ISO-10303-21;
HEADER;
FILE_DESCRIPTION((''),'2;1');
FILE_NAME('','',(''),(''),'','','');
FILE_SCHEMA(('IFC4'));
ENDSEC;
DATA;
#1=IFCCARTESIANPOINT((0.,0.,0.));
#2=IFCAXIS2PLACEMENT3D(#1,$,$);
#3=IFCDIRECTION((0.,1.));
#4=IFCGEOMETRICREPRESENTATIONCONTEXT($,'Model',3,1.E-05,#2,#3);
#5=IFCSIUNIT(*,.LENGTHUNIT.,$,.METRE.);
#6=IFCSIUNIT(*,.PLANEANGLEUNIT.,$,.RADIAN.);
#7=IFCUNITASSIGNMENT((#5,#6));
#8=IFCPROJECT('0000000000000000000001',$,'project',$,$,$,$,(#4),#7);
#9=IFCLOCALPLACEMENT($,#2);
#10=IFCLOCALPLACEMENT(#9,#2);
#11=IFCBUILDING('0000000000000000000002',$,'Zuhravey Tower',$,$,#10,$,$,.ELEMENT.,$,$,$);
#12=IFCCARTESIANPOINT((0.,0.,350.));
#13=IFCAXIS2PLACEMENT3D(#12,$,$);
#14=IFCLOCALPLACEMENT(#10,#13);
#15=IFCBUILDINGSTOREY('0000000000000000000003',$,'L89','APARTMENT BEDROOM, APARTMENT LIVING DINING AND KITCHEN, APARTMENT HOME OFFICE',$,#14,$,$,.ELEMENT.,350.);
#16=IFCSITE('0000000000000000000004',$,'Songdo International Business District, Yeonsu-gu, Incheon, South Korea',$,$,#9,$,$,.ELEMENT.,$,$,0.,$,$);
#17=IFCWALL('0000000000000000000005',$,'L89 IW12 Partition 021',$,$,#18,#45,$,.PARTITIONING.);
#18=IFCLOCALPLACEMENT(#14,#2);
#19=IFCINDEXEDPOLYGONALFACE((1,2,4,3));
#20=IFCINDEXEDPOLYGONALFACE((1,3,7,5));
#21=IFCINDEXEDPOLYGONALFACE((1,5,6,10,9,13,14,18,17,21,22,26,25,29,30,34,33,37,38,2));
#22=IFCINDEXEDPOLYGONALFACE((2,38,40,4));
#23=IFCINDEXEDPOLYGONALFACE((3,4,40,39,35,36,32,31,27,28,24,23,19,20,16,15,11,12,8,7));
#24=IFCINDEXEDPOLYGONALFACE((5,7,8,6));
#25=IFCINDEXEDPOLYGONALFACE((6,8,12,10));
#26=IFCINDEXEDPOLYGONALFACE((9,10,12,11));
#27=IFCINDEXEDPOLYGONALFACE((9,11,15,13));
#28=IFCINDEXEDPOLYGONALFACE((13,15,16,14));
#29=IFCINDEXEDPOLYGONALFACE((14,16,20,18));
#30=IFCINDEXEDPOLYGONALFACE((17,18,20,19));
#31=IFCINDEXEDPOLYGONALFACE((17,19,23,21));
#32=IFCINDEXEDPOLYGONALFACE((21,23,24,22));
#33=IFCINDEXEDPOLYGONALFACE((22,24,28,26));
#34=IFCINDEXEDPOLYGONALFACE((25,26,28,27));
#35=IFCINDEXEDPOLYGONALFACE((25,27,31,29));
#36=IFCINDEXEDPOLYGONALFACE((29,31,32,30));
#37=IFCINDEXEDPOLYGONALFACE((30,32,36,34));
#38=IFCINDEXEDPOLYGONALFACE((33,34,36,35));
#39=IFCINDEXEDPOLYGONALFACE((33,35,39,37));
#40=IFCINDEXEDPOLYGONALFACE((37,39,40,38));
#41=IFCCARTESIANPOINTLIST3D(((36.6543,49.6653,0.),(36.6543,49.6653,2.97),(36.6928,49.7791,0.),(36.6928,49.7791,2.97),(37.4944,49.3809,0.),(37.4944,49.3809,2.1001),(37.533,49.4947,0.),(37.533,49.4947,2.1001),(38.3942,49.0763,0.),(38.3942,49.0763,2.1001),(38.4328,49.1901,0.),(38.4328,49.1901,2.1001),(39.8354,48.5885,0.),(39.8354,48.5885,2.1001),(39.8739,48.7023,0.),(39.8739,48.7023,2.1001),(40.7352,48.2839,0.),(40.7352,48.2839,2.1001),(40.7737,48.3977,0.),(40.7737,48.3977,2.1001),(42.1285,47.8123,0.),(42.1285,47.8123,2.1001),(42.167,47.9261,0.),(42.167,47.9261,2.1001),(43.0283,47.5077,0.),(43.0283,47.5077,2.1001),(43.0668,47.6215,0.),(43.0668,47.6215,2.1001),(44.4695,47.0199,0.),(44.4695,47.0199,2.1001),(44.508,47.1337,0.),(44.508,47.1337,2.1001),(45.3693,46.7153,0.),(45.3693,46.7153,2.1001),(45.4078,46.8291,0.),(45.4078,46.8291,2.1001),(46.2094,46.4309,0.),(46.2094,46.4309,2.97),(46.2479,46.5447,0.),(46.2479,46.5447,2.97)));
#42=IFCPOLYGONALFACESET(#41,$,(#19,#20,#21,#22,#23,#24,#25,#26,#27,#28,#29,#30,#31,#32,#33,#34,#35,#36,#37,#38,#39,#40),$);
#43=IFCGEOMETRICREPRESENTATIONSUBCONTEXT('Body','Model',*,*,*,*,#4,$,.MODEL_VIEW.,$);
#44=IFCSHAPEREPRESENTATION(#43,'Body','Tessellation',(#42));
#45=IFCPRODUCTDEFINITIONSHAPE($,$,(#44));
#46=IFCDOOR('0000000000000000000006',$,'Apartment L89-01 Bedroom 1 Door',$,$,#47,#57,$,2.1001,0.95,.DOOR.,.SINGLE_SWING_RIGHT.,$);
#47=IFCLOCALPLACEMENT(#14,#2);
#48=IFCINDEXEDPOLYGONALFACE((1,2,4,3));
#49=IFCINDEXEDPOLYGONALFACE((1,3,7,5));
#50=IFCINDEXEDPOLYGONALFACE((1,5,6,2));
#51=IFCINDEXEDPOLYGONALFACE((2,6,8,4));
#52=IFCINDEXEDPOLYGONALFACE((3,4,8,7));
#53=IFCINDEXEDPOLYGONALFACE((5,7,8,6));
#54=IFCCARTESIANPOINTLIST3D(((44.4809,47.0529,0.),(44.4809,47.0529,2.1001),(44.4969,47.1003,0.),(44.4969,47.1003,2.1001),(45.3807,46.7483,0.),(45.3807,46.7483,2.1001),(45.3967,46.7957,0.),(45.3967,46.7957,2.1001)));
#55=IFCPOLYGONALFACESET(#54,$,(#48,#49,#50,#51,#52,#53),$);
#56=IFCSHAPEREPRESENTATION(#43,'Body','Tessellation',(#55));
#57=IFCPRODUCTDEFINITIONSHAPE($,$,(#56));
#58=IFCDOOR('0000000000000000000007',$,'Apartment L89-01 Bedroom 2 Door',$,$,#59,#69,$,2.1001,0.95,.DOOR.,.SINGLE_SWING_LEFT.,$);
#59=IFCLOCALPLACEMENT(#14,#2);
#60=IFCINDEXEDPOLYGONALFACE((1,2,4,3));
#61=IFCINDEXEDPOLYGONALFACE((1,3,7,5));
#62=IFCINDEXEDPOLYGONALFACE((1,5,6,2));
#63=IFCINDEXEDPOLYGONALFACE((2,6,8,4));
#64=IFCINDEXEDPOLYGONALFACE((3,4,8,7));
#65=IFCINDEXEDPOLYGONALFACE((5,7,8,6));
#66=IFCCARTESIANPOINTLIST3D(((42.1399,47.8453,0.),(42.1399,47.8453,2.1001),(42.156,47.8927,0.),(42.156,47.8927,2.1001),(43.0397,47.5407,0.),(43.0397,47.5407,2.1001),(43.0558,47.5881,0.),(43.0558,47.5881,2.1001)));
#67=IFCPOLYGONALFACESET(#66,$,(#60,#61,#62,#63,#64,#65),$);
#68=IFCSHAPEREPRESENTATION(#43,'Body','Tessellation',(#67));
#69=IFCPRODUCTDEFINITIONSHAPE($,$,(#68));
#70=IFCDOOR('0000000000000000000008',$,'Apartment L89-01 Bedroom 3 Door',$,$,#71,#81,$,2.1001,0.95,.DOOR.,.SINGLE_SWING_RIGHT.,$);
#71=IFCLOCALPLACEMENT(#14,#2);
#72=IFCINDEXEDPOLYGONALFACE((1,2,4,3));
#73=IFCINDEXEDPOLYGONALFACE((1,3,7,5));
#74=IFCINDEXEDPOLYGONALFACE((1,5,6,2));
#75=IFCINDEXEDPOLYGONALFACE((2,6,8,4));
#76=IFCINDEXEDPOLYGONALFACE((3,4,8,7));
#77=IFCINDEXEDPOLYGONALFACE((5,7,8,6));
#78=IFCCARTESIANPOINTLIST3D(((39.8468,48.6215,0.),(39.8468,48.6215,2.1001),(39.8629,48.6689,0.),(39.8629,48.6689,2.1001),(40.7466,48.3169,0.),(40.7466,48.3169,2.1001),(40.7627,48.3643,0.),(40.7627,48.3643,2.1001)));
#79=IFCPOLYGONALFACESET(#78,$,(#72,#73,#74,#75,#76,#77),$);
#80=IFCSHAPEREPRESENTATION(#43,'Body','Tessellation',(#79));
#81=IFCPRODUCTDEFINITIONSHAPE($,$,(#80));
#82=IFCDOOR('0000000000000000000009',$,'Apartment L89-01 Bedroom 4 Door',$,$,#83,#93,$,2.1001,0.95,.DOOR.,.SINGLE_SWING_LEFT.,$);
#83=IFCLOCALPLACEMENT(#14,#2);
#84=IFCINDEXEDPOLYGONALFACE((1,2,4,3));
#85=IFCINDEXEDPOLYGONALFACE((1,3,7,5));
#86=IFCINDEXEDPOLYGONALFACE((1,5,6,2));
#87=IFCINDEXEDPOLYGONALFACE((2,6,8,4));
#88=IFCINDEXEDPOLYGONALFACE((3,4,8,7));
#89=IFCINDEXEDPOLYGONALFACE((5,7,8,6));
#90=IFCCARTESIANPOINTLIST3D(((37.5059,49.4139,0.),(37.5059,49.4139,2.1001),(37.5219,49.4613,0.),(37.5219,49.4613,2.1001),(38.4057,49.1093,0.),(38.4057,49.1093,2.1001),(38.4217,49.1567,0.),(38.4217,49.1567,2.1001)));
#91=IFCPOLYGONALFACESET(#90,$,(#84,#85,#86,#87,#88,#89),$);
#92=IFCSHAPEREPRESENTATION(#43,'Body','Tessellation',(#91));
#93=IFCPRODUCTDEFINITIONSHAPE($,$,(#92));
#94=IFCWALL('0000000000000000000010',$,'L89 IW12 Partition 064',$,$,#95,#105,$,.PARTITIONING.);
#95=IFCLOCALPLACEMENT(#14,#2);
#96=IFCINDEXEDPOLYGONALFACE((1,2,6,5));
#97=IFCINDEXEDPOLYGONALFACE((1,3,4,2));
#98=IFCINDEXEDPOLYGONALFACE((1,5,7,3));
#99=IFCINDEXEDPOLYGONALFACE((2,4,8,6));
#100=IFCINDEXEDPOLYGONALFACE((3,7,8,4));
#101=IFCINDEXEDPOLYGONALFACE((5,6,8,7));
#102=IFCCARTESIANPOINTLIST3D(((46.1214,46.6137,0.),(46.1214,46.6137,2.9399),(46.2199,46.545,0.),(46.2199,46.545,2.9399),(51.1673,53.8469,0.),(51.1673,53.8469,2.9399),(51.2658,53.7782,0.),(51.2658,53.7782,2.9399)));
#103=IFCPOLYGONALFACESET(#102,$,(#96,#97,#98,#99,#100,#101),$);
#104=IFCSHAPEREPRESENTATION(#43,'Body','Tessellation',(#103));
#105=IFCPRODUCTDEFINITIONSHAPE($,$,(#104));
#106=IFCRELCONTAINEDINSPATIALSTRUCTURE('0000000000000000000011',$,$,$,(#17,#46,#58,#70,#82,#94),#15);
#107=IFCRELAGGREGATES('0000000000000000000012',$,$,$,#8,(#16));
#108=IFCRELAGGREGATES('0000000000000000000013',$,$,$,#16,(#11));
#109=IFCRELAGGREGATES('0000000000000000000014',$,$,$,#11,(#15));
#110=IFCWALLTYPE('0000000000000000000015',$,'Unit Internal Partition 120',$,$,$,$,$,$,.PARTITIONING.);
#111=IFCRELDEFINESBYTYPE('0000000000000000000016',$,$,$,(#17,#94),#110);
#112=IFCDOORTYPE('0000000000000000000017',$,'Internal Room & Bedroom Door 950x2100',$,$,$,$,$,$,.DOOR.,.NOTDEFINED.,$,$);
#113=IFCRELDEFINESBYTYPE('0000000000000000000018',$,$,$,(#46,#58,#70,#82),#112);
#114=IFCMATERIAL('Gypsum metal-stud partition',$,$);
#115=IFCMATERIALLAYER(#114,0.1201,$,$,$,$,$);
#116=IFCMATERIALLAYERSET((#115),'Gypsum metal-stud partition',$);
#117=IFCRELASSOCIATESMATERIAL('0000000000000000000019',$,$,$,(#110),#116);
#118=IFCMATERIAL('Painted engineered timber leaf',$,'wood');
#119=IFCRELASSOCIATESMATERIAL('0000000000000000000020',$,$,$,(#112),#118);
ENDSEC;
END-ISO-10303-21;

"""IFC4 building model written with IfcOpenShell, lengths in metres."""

from ifc_helpers import new_model, si_unit, direction, frame, frame_2d, origin, place, context, subcontext, project, spatial, rectangle, extrude, material, layer, layer_set, type_object, element, fill, save


model = new_model("IFC4")

# Units and contexts
model_context = context("Model", 3, precision=1e-05, world=origin(), true_north=direction((0.0, 1.0)))
body_context = subcontext(model_context, "Body", "Model", "MODEL_VIEW")
ifc_project = project(units=[si_unit("LENGTHUNIT", "METRE"), si_unit("PLANEANGLEUNIT", "RADIAN")], contexts=[model_context])

# Site, building, storey
site_placement = place(None, origin())
site = spatial("IfcSite", under=ifc_project, at=site_placement, Name="Songdo International Business District, Yeonsu-gu, Incheon, South Korea", CompositionType="ELEMENT", RefElevation=0.0)
building_placement = place(site_placement, origin())
building = spatial("IfcBuilding", under=site, at=building_placement, Name="Zuhravey Tower", CompositionType="ELEMENT")
storey_placement = place(building_placement, frame((0.0, 0.0, 350.0)))
storey = spatial("IfcBuildingStorey", under=building, at=storey_placement, Name="L89", Description="APARTMENT BEDROOM, APARTMENT LIVING DINING AND KITCHEN, APARTMENT HOME OFFICE", CompositionType="ELEMENT", Elevation=350.0)

# Wall, openings, doors
ifc_material_1 = material(Name="Gypsum metal-stud partition")
ifc_layer_1 = layer(ifc_material_1, 0.1201)
ifc_layer_set_1 = layer_set([ifc_layer_1], Name="Gypsum metal-stud partition")
wall_type_1 = type_object("IfcWallType", Name="Unit Internal Partition 120", PredefinedType="PARTITIONING", material=ifc_layer_set_1)
wall_1_placement = place(storey_placement, frame((46.2288, 46.4878, 0.0), z_axis=(0.0, 0.0, 1.0), x_axis=(-0.947206, 0.320624, 0.0)))
wall_1 = element("IfcWall", 1, at=wall_1_placement, inside=storey, type_object=wall_type_1, Name="L89 IW12 Partition 021", PredefinedType="PARTITIONING", context=body_context, shape_type="SweptSolid", body=[
    extrude(rectangle(XDim=10.0876, YDim=0.1201, at=frame_2d((5.0439, 0.0))), origin(), (0.0, 0.0, 1.0), 2.97),
])
opening_1_placement = place(wall_1_placement, frame((0.887, 0.0, 0.0)))
opening_1 = element("IfcOpeningElement", 2, at=opening_1_placement, cuts=wall_1, PredefinedType="OPENING", context=body_context, shape_type="SweptSolid", body=[
    extrude(rectangle(XDim=0.95, YDim=2.1001, at=frame_2d((0.4751, 1.05))), frame((0.0, 0.072, 0.0), z_axis=(0.0, -1.0, 0.0), x_axis=(1.0, 0.0, 0.0)), (0.0, 0.0, 1.0), 0.144),
])
opening_2_placement = place(wall_1_placement, frame((3.3584, 0.0, 0.0)))
opening_2 = element("IfcOpeningElement", 3, at=opening_2_placement, cuts=wall_1, PredefinedType="OPENING", context=body_context, shape_type="SweptSolid", body=[
    extrude(rectangle(XDim=0.95, YDim=2.1001, at=frame_2d((0.4751, 1.05))), frame((0.0, 0.072, 0.0), z_axis=(0.0, -1.0, 0.0), x_axis=(1.0, 0.0, 0.0)), (0.0, 0.0, 1.0), 0.144),
])
opening_3_placement = place(wall_1_placement, frame((5.7793, 0.0, 0.0)))
opening_3 = element("IfcOpeningElement", 4, at=opening_3_placement, cuts=wall_1, PredefinedType="OPENING", context=body_context, shape_type="SweptSolid", body=[
    extrude(rectangle(XDim=0.95, YDim=2.1001, at=frame_2d((0.4751, 1.05))), frame((0.0, 0.072, 0.0), z_axis=(0.0, -1.0, 0.0), x_axis=(1.0, 0.0, 0.0)), (0.0, 0.0, 1.0), 0.144),
])
opening_4_placement = place(wall_1_placement, frame((8.2507, 0.0, 0.0)))
opening_4 = element("IfcOpeningElement", 5, at=opening_4_placement, cuts=wall_1, PredefinedType="OPENING", context=body_context, shape_type="SweptSolid", body=[
    extrude(rectangle(XDim=0.95, YDim=2.1001, at=frame_2d((0.4751, 1.05))), frame((0.0, 0.072, 0.0), z_axis=(0.0, -1.0, 0.0), x_axis=(1.0, 0.0, 0.0)), (0.0, 0.0, 1.0), 0.144),
])
ifc_material_2 = material(Name="Painted engineered timber leaf", Category="wood")
door_type_1 = type_object("IfcDoorType", Name="Internal Room & Bedroom Door 950x2100", OperationType="NOTDEFINED", PredefinedType="DOOR", material=ifc_material_2)
door_1_placement = place(opening_1_placement, frame((0.95, 0.0, 0.0), z_axis=(0.0, 0.0, 1.0), x_axis=(-1.0, 0.0, 0.0)))
door_1 = element("IfcDoor", 6, at=door_1_placement, inside=storey, type_object=door_type_1, Name="Apartment L89-01 Bedroom 1 Door", OperationType="SINGLE_SWING_RIGHT", OverallHeight=2.1001, OverallWidth=0.95, PredefinedType="DOOR", context=body_context, shape_type="SweptSolid", body=[
    extrude(rectangle(XDim=0.95, YDim=2.1001, at=frame_2d((0.4751, 1.05))), frame((0.0, 0.0249, 0.0), z_axis=(0.0, -1.0, 0.0), x_axis=(1.0, 0.0, 0.0)), (0.0, 0.0, 1.0), 0.05),
])
fill(opening_1, door_1)
door_2_placement = place(opening_2_placement, frame((0.95, 0.0, 0.0), z_axis=(0.0, 0.0, 1.0), x_axis=(-1.0, 0.0, 0.0)))
door_2 = element("IfcDoor", 7, at=door_2_placement, inside=storey, type_object=door_type_1, Name="Apartment L89-01 Bedroom 2 Door", OperationType="SINGLE_SWING_LEFT", OverallHeight=2.1001, OverallWidth=0.95, PredefinedType="DOOR", context=body_context, shape_type="SweptSolid", body=[
    extrude(rectangle(XDim=0.95, YDim=2.1001, at=frame_2d((0.4751, 1.05))), frame((0.0, 0.0249, 0.0), z_axis=(0.0, -1.0, 0.0), x_axis=(1.0, 0.0, 0.0)), (0.0, 0.0, 1.0), 0.05),
])
fill(opening_2, door_2)
door_3_placement = place(opening_3_placement, frame((0.95, 0.0, 0.0), z_axis=(0.0, 0.0, 1.0), x_axis=(-1.0, 0.0, 0.0)))
door_3 = element("IfcDoor", 8, at=door_3_placement, inside=storey, type_object=door_type_1, Name="Apartment L89-01 Bedroom 3 Door", OperationType="SINGLE_SWING_RIGHT", OverallHeight=2.1001, OverallWidth=0.95, PredefinedType="DOOR", context=body_context, shape_type="SweptSolid", body=[
    extrude(rectangle(XDim=0.95, YDim=2.1001, at=frame_2d((0.4751, 1.05))), frame((0.0, 0.0249, 0.0), z_axis=(0.0, -1.0, 0.0), x_axis=(1.0, 0.0, 0.0)), (0.0, 0.0, 1.0), 0.05),
])
fill(opening_3, door_3)
door_4_placement = place(opening_4_placement, frame((0.95, 0.0, 0.0), z_axis=(0.0, 0.0, 1.0), x_axis=(-1.0, 0.0, 0.0)))
door_4 = element("IfcDoor", 9, at=door_4_placement, inside=storey, type_object=door_type_1, Name="Apartment L89-01 Bedroom 4 Door", OperationType="SINGLE_SWING_LEFT", OverallHeight=2.1001, OverallWidth=0.95, PredefinedType="DOOR", context=body_context, shape_type="SweptSolid", body=[
    extrude(rectangle(XDim=0.95, YDim=2.1001, at=frame_2d((0.4751, 1.05))), frame((0.0, 0.0249, 0.0), z_axis=(0.0, -1.0, 0.0), x_axis=(1.0, 0.0, 0.0)), (0.0, 0.0, 1.0), 0.05),
])
fill(opening_4, door_4)

# Wall
wall_2_placement = place(storey_placement, frame((46.1707, 46.5793, 0.0), z_axis=(0.0, 0.0, 1.0), x_axis=(0.572144, 0.820153, 0.0)))
element("IfcWall", 10, at=wall_2_placement, inside=storey, type_object=wall_type_1, Name="L89 IW12 Partition 064", PredefinedType="PARTITIONING", context=body_context, shape_type="SweptSolid", body=[
    extrude(rectangle(XDim=8.8193, YDim=0.1201, at=frame_2d((4.4097, 0.0))), origin(), (0.0, 0.0, 1.0), 2.9399),
])

save(model, "model.ifc")
